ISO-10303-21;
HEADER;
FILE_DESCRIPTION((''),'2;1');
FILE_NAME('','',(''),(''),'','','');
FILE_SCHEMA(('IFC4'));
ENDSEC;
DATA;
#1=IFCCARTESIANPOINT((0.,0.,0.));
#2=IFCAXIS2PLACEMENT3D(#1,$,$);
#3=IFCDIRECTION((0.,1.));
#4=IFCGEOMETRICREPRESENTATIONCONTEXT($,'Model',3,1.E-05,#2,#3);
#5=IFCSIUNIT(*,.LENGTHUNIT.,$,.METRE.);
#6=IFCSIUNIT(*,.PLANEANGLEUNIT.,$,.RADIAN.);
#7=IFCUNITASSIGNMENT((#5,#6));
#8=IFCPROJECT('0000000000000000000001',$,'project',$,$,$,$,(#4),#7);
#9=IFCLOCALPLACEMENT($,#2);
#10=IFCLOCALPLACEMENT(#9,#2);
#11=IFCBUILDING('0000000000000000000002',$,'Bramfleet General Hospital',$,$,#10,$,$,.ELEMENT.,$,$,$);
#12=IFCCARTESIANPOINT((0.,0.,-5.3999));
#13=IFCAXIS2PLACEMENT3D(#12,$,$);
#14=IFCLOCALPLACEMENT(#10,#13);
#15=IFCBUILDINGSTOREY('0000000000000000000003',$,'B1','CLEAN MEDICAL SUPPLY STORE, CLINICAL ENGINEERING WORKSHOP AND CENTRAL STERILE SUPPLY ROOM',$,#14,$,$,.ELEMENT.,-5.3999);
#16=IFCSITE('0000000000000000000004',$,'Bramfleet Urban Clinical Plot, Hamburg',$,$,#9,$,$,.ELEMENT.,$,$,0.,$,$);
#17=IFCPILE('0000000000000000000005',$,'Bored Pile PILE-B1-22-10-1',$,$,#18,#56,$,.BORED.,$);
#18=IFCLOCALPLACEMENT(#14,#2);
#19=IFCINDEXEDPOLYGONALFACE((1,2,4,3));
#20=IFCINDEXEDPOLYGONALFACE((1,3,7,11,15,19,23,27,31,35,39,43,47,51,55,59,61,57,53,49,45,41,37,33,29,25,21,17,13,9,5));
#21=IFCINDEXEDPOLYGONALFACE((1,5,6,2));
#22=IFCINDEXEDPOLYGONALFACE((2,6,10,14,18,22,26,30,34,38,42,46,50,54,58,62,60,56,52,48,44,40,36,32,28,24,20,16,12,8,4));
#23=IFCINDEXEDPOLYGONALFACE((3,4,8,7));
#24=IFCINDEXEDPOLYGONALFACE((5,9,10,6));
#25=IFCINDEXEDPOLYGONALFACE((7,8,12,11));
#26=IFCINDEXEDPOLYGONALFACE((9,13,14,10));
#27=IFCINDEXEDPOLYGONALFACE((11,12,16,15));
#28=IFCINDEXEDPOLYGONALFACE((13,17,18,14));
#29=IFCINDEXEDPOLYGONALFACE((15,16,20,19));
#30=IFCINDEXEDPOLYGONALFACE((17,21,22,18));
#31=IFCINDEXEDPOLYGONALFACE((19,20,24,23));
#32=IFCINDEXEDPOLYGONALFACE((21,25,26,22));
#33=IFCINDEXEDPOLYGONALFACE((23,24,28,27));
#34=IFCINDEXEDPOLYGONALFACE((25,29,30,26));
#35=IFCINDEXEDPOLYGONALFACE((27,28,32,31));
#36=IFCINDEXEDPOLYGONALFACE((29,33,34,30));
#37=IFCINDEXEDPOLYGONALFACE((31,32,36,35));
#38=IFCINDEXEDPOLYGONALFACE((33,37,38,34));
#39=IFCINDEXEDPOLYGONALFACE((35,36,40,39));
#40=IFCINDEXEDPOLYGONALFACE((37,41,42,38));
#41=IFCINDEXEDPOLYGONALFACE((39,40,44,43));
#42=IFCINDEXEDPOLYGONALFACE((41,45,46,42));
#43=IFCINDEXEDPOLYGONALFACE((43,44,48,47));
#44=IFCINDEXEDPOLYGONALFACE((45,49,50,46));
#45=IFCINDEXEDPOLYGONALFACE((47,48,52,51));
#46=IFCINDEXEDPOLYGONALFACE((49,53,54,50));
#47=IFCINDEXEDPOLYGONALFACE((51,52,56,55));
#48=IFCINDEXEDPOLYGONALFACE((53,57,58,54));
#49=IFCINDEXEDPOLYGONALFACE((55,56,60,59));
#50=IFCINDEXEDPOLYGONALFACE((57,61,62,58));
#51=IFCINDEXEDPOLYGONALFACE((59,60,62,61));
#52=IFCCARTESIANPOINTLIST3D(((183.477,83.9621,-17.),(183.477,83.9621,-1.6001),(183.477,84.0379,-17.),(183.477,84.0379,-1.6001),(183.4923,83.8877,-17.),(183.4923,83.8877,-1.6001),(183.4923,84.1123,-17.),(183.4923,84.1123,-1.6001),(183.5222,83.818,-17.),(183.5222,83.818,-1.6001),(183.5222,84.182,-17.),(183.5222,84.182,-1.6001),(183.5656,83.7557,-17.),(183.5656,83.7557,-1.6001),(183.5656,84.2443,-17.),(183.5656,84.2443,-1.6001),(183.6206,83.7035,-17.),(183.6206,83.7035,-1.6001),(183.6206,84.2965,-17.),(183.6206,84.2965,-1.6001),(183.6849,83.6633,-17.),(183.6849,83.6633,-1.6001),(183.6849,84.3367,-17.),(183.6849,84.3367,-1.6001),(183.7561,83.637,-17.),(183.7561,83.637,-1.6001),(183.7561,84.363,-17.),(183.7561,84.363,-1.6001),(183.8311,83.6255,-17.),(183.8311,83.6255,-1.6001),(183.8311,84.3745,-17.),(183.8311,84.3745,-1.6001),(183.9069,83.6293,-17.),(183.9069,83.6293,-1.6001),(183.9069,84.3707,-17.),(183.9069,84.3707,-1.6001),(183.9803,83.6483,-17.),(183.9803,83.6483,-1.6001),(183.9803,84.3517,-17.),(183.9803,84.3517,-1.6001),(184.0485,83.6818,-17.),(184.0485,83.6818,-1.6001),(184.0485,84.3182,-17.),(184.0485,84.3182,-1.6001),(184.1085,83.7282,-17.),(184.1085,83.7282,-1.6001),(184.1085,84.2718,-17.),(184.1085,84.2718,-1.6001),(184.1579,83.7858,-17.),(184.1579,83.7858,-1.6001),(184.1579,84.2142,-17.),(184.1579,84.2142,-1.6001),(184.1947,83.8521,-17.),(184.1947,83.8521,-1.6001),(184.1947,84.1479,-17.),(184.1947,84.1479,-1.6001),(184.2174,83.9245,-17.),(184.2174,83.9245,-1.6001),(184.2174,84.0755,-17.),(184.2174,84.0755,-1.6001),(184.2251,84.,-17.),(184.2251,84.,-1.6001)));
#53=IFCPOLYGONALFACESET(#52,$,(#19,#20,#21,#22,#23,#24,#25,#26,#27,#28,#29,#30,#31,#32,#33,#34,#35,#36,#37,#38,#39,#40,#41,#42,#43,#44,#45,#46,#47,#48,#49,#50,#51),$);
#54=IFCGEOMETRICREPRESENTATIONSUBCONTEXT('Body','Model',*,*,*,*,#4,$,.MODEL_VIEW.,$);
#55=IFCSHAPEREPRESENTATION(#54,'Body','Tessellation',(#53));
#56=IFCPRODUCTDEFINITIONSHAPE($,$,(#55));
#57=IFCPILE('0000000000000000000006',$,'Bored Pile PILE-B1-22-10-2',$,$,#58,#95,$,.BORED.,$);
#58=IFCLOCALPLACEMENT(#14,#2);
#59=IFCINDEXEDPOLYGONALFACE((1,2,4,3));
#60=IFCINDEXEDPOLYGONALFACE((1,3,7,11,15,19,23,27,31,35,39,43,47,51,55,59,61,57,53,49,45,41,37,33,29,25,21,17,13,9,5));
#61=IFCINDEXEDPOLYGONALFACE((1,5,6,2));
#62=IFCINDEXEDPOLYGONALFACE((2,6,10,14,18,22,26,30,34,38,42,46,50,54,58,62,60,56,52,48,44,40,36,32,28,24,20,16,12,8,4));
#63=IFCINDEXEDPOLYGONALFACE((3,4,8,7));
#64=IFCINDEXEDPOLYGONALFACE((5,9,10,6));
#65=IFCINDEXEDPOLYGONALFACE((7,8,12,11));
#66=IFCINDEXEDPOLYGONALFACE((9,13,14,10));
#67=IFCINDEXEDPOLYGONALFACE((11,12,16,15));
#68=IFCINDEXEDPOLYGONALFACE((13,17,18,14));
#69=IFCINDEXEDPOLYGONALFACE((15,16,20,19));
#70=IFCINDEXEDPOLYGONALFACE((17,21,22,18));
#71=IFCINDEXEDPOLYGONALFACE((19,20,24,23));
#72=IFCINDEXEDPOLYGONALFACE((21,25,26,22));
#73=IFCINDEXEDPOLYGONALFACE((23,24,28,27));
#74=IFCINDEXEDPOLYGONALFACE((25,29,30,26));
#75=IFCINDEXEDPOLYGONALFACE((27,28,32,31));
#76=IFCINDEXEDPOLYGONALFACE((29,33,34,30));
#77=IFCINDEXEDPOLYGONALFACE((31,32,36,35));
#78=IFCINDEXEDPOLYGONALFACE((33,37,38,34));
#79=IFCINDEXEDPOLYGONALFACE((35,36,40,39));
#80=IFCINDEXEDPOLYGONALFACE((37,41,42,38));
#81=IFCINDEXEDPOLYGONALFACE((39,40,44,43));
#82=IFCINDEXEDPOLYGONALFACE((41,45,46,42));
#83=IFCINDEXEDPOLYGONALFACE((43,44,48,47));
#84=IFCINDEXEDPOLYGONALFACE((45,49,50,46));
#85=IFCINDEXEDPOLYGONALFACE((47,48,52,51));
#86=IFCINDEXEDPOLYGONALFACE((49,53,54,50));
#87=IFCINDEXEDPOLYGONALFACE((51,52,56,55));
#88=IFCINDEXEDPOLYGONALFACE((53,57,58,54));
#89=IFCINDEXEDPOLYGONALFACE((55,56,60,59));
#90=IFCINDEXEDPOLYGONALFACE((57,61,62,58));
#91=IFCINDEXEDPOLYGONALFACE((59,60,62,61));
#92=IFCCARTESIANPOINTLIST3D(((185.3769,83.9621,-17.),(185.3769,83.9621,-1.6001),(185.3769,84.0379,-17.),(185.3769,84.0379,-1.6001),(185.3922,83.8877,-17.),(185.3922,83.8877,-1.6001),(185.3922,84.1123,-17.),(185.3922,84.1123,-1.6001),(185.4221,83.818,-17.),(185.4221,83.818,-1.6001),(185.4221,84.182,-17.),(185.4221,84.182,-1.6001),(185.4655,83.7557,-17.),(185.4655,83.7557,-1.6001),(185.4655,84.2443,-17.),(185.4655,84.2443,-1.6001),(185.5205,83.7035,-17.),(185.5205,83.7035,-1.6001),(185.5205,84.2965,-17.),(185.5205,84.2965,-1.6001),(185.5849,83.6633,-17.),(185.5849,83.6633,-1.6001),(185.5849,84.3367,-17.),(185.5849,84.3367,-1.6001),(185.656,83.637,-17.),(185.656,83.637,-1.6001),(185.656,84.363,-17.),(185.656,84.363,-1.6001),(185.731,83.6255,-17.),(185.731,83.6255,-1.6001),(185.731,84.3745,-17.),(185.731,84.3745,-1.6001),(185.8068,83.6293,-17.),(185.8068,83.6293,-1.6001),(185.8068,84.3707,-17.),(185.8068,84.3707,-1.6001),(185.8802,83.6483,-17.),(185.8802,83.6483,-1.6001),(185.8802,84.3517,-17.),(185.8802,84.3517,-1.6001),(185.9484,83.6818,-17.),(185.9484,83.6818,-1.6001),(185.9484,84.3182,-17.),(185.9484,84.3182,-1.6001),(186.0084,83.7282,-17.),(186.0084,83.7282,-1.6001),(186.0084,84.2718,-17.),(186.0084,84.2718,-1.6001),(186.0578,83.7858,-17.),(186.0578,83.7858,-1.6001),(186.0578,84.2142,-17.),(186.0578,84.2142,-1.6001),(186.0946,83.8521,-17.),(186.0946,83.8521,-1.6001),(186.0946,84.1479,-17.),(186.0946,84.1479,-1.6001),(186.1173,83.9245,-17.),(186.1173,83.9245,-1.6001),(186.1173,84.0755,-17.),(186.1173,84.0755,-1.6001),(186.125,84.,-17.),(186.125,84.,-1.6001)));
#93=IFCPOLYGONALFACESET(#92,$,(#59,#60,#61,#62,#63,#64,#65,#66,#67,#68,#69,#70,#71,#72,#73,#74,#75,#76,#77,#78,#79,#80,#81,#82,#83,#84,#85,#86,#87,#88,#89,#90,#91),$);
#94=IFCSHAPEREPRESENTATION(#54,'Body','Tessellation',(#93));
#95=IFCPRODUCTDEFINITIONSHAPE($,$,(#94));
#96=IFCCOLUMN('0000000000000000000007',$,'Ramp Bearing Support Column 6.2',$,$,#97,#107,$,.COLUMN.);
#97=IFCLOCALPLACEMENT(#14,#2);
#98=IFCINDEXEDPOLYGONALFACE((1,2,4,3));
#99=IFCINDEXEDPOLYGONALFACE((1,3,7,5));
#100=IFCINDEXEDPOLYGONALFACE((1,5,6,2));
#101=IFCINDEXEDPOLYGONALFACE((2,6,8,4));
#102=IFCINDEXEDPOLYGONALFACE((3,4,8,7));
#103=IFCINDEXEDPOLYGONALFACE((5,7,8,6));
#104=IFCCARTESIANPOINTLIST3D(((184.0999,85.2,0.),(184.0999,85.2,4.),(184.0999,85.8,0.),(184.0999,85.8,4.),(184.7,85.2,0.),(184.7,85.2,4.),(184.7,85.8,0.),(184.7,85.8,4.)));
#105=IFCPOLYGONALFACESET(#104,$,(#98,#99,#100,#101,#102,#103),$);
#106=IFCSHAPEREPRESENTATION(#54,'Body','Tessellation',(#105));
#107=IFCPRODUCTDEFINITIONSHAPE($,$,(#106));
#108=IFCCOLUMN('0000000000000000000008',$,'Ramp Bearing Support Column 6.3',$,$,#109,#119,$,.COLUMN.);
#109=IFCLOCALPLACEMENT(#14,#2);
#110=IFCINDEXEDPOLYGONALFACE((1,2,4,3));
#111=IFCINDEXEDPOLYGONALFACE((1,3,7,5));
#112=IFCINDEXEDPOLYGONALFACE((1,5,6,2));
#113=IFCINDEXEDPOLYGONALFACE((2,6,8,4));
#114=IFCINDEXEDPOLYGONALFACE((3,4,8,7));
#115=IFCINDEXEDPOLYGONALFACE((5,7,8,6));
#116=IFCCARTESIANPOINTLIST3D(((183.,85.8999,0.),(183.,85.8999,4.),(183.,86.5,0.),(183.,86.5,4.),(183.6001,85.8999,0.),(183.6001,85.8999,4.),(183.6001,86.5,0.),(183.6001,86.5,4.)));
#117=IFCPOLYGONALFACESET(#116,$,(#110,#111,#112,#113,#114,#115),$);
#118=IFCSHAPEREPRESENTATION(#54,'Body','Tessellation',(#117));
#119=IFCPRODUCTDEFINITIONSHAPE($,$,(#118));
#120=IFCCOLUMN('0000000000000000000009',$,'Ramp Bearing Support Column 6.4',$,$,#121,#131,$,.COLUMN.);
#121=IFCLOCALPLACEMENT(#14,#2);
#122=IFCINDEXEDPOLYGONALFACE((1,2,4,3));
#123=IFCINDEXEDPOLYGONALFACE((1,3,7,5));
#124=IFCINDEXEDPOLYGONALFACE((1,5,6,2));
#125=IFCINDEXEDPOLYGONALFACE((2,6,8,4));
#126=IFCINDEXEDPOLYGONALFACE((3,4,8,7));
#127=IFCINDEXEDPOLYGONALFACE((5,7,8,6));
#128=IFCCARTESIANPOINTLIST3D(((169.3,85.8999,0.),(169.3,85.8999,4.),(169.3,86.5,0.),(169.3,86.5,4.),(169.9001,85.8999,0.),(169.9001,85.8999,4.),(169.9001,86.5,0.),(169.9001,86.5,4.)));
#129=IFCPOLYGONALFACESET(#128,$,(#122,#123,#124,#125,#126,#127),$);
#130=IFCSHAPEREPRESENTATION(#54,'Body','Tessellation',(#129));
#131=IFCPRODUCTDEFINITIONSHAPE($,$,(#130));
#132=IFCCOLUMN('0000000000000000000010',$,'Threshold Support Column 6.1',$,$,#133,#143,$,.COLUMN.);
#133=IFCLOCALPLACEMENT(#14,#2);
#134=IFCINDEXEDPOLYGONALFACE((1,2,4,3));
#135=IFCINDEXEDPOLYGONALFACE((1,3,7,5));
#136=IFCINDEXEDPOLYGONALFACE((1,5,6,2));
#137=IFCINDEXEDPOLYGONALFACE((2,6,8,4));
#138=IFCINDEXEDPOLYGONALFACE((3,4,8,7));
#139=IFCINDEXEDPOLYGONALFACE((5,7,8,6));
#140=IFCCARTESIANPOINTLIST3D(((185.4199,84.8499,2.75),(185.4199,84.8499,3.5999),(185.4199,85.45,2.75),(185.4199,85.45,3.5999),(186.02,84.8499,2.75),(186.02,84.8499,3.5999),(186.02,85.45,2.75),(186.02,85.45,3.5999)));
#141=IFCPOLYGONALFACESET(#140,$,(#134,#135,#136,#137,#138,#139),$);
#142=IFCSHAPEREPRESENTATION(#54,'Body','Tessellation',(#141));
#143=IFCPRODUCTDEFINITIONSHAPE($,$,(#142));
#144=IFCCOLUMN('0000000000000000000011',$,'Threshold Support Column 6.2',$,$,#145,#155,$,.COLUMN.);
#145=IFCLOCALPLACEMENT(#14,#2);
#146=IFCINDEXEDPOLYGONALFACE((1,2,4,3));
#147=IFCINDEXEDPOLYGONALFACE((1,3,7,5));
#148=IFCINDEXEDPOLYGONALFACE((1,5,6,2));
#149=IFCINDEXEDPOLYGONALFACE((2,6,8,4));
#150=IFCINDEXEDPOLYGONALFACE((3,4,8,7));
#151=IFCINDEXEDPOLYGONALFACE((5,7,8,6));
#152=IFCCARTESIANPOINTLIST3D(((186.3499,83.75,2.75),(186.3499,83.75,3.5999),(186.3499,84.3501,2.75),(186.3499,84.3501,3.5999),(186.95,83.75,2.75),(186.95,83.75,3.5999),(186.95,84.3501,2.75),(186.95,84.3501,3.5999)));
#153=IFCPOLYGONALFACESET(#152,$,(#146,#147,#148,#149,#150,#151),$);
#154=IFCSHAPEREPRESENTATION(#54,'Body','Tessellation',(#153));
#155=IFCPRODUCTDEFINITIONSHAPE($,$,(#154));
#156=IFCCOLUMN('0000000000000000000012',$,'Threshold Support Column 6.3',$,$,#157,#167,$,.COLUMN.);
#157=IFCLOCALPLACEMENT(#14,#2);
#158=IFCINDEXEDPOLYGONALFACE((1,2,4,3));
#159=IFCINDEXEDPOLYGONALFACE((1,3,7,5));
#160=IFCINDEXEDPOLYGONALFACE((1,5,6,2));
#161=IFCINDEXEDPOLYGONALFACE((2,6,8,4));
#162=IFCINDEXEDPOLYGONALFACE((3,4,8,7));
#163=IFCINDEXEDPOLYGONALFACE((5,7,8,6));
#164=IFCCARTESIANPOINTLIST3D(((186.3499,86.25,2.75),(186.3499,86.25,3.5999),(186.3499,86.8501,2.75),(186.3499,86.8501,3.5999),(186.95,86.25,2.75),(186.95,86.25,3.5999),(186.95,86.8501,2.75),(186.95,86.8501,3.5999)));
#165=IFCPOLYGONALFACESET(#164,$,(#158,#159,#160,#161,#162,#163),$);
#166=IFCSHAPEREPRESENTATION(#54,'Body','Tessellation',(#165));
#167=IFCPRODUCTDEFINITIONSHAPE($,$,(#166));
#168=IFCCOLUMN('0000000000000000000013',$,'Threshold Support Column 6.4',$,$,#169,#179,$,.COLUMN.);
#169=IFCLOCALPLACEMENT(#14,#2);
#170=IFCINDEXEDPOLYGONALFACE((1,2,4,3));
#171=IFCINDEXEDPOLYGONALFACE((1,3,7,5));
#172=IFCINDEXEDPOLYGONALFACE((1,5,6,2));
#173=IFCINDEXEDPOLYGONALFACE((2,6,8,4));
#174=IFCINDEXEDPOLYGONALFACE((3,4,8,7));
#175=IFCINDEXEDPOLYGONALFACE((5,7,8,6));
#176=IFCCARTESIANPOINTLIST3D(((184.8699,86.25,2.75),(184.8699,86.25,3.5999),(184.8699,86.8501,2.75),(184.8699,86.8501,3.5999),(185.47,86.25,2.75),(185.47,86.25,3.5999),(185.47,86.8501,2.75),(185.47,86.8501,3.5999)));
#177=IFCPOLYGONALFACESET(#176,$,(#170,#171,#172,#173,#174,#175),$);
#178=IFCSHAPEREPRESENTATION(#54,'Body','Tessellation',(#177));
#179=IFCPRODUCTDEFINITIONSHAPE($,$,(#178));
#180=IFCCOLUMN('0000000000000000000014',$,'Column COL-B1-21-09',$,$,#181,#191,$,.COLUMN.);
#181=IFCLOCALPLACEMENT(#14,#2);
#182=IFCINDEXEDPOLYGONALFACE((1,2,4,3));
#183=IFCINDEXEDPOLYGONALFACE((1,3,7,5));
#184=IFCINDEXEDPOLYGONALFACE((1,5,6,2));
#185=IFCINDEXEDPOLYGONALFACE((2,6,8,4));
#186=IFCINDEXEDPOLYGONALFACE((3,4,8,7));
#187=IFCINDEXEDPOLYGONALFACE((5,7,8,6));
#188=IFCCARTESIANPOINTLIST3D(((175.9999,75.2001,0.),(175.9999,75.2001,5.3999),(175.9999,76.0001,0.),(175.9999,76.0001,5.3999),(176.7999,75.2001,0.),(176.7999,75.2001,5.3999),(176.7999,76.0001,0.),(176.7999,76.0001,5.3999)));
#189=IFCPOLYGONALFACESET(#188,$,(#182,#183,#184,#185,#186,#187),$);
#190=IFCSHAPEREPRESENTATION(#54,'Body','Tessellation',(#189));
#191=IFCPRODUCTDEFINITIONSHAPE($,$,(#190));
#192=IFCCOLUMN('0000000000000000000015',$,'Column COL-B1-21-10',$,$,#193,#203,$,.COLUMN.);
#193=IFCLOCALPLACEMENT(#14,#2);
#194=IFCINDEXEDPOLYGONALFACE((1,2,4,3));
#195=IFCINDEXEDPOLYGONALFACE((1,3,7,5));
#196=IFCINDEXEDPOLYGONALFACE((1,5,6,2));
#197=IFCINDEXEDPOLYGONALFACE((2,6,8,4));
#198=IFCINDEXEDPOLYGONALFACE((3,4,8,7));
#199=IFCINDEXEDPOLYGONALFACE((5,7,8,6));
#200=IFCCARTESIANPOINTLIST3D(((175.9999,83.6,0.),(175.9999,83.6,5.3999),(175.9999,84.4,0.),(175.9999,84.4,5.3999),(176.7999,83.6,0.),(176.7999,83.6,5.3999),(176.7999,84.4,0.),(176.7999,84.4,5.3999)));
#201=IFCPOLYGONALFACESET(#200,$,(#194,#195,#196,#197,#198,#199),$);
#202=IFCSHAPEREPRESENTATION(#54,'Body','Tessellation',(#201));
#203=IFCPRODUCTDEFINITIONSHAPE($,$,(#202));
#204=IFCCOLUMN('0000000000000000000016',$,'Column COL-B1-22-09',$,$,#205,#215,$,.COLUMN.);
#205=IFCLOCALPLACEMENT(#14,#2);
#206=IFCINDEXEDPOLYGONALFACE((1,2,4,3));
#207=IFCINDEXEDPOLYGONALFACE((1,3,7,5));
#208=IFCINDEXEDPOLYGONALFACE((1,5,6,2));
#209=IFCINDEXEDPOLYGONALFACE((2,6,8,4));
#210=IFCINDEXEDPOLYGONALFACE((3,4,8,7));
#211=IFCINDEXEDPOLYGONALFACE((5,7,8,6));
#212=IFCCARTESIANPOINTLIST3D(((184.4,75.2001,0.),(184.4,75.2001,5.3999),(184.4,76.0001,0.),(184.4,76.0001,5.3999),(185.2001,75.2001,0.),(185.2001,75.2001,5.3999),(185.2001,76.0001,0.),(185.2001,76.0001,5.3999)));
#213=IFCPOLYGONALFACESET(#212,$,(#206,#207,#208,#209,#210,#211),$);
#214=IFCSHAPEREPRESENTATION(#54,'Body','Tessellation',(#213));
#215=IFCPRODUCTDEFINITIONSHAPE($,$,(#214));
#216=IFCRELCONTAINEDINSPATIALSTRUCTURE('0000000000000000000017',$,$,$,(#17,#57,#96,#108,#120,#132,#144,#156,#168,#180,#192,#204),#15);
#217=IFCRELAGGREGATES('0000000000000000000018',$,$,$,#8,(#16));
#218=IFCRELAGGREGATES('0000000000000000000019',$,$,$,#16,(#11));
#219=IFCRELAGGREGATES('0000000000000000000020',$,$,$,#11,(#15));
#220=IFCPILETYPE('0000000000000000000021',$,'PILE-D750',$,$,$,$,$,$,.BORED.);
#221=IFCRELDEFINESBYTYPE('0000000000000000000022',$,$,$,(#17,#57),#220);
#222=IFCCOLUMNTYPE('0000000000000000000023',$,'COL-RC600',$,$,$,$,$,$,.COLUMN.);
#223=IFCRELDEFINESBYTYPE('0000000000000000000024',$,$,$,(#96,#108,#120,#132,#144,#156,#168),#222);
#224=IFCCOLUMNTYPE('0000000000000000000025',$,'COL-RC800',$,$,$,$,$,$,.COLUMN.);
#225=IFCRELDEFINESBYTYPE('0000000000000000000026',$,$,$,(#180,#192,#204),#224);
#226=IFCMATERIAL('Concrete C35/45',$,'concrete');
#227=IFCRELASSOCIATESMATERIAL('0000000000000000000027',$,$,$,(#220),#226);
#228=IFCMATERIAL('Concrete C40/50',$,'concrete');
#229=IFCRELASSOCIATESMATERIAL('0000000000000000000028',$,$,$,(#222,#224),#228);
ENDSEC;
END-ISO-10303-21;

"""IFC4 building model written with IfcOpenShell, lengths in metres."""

from ifc_helpers import new_model, si_unit, direction, frame, origin, origin_2d, place, context, subcontext, project, spatial, rectangle, circle, extrude, material, material_profile, profile_set, type_object, element, save


model = new_model("IFC4")

# Units and contexts
model_context = context("Model", 3, precision=1e-05, world=origin(), true_north=direction((0.0, 1.0)))
body_context = subcontext(model_context, "Body", "Model", "MODEL_VIEW")
ifc_project = project(units=[si_unit("LENGTHUNIT", "METRE"), si_unit("PLANEANGLEUNIT", "RADIAN")], contexts=[model_context])

# Site, building, storey
site_placement = place(None, origin())
site = spatial("IfcSite", under=ifc_project, at=site_placement, Name="Bramfleet Urban Clinical Plot, Hamburg", CompositionType="ELEMENT", RefElevation=0.0)
building_placement = place(site_placement, origin())
building = spatial("IfcBuilding", under=site, at=building_placement, Name="Bramfleet General Hospital", CompositionType="ELEMENT")
storey_placement = place(building_placement, frame((0.0, 0.0, -5.3999)))
storey = spatial("IfcBuildingStorey", under=building, at=storey_placement, Name="B1", Description="CLEAN MEDICAL SUPPLY STORE, CLINICAL ENGINEERING WORKSHOP AND CENTRAL STERILE SUPPLY ROOM", CompositionType="ELEMENT", Elevation=-5.3999)

# Shared definitions
ifc_material_1 = material(Name="Concrete C35/45", Category="concrete")

# Piles
ifc_material_profile_1 = material_profile(ifc_material_1, circle(Radius=0.375, at=origin_2d()), Name="PILE BORED D750")
ifc_profile_set_1 = profile_set([ifc_material_profile_1], Name="Concrete C35/45")
pile_type = type_object("IfcPileType", Name="PILE-D750", PredefinedType="BORED", material=ifc_profile_set_1)
for number, where, z_axis, x_axis, name in (
    (1, (183.8501, 84.0, -1.6001), (0.0, 0.0, -1.0), (1.0, 0.0, 0.0), "Bored Pile PILE-B1-22-10-1"),
    (2, (185.75, 84.0, -1.6001), (0.0, 0.0, -1.0), (1.0, 0.0, 0.0), "Bored Pile PILE-B1-22-10-2"),
):
    element("IfcPile", number, at=place(storey_placement, frame(where, z_axis=z_axis, x_axis=x_axis)), inside=storey, type_object=pile_type, Name=name, PredefinedType="BORED", context=body_context, shape_type="SweptSolid", body=[
        extrude(circle(Radius=0.375, at=origin_2d()), origin(), (0.0, 0.0, 1.0), 15.3999),
    ])

# Columns
ifc_material_2 = material(Name="Concrete C40/50", Category="concrete")
ifc_material_profile_2 = material_profile(ifc_material_2, rectangle(XDim=0.6001, YDim=0.6001, at=origin_2d()), Name="RC COL 600x600")
ifc_profile_set_2 = profile_set([ifc_material_profile_2], Name="Concrete C40/50")
column_type_1 = type_object("IfcColumnType", Name="COL-RC600", PredefinedType="COLUMN", material=ifc_profile_set_2)
for number, where, z_axis, x_axis, name in (
    (3, (184.3999, 85.5, 0.0), (0.0, 0.0, 1.0), (1.0, 0.0, 0.0), "Ramp Bearing Support Column 6.2"),
    (4, (183.3, 86.2, 0.0), (0.0, 0.0, 1.0), (1.0, 0.0, 0.0), "Ramp Bearing Support Column 6.3"),
    (5, (169.6001, 86.2, 0.0), (0.0, 0.0, 1.0), (1.0, 0.0, 0.0), "Ramp Bearing Support Column 6.4"),
):
    element("IfcColumn", number, at=place(storey_placement, frame(where, z_axis=z_axis, x_axis=x_axis)), inside=storey, type_object=column_type_1, Name=name, PredefinedType="COLUMN", context=body_context, shape_type="SweptSolid", body=[
        extrude(rectangle(XDim=0.6001, YDim=0.6001, at=origin_2d()), origin(), (0.0, 0.0, 1.0), 4.0),
    ])
for number, where, z_axis, x_axis, name in (
    (6, (185.72, 85.1499, 2.75), (0.0, 0.0, 1.0), (1.0, 0.0, 0.0), "Threshold Support Column 6.1"),
    (7, (186.6499, 84.05, 2.75), (0.0, 0.0, 1.0), (1.0, 0.0, 0.0), "Threshold Support Column 6.2"),
    (8, (186.6499, 86.55, 2.75), (0.0, 0.0, 1.0), (1.0, 0.0, 0.0), "Threshold Support Column 6.3"),
    (9, (185.1699, 86.55, 2.75), (0.0, 0.0, 1.0), (1.0, 0.0, 0.0), "Threshold Support Column 6.4"),
):
    element("IfcColumn", number, at=place(storey_placement, frame(where, z_axis=z_axis, x_axis=x_axis)), inside=storey, type_object=column_type_1, Name=name, PredefinedType="COLUMN", context=body_context, shape_type="SweptSolid", body=[
        extrude(rectangle(XDim=0.6001, YDim=0.6001, at=origin_2d()), origin(), (0.0, 0.0, 1.0), 0.8499),
    ])
ifc_material_profile_3 = material_profile(ifc_material_2, rectangle(XDim=0.8, YDim=0.8, at=origin_2d()), Name="RC COL 800x800")
ifc_profile_set_3 = profile_set([ifc_material_profile_3], Name="Concrete C40/50")
column_type_2 = type_object("IfcColumnType", Name="COL-RC800", PredefinedType="COLUMN", material=ifc_profile_set_3)
for number, where, z_axis, x_axis, name in (
    (10, (176.3999, 75.6001, 0.0), (0.0, 0.0, 1.0), (1.0, 0.0, 0.0), "Column COL-B1-21-09"),
    (11, (176.3999, 84.0, 0.0), (0.0, 0.0, 1.0), (1.0, 0.0, 0.0), "Column COL-B1-21-10"),
    (12, (184.8, 75.6001, 0.0), (0.0, 0.0, 1.0), (1.0, 0.0, 0.0), "Column COL-B1-22-09"),
):
    element("IfcColumn", number, at=place(storey_placement, frame(where, z_axis=z_axis, x_axis=x_axis)), inside=storey, type_object=column_type_2, Name=name, PredefinedType="COLUMN", context=body_context, shape_type="SweptSolid", body=[
        extrude(rectangle(XDim=0.8, YDim=0.8, at=origin_2d()), origin(), (0.0, 0.0, 1.0), 5.3999),
    ])

save(model, "model.ifc")
